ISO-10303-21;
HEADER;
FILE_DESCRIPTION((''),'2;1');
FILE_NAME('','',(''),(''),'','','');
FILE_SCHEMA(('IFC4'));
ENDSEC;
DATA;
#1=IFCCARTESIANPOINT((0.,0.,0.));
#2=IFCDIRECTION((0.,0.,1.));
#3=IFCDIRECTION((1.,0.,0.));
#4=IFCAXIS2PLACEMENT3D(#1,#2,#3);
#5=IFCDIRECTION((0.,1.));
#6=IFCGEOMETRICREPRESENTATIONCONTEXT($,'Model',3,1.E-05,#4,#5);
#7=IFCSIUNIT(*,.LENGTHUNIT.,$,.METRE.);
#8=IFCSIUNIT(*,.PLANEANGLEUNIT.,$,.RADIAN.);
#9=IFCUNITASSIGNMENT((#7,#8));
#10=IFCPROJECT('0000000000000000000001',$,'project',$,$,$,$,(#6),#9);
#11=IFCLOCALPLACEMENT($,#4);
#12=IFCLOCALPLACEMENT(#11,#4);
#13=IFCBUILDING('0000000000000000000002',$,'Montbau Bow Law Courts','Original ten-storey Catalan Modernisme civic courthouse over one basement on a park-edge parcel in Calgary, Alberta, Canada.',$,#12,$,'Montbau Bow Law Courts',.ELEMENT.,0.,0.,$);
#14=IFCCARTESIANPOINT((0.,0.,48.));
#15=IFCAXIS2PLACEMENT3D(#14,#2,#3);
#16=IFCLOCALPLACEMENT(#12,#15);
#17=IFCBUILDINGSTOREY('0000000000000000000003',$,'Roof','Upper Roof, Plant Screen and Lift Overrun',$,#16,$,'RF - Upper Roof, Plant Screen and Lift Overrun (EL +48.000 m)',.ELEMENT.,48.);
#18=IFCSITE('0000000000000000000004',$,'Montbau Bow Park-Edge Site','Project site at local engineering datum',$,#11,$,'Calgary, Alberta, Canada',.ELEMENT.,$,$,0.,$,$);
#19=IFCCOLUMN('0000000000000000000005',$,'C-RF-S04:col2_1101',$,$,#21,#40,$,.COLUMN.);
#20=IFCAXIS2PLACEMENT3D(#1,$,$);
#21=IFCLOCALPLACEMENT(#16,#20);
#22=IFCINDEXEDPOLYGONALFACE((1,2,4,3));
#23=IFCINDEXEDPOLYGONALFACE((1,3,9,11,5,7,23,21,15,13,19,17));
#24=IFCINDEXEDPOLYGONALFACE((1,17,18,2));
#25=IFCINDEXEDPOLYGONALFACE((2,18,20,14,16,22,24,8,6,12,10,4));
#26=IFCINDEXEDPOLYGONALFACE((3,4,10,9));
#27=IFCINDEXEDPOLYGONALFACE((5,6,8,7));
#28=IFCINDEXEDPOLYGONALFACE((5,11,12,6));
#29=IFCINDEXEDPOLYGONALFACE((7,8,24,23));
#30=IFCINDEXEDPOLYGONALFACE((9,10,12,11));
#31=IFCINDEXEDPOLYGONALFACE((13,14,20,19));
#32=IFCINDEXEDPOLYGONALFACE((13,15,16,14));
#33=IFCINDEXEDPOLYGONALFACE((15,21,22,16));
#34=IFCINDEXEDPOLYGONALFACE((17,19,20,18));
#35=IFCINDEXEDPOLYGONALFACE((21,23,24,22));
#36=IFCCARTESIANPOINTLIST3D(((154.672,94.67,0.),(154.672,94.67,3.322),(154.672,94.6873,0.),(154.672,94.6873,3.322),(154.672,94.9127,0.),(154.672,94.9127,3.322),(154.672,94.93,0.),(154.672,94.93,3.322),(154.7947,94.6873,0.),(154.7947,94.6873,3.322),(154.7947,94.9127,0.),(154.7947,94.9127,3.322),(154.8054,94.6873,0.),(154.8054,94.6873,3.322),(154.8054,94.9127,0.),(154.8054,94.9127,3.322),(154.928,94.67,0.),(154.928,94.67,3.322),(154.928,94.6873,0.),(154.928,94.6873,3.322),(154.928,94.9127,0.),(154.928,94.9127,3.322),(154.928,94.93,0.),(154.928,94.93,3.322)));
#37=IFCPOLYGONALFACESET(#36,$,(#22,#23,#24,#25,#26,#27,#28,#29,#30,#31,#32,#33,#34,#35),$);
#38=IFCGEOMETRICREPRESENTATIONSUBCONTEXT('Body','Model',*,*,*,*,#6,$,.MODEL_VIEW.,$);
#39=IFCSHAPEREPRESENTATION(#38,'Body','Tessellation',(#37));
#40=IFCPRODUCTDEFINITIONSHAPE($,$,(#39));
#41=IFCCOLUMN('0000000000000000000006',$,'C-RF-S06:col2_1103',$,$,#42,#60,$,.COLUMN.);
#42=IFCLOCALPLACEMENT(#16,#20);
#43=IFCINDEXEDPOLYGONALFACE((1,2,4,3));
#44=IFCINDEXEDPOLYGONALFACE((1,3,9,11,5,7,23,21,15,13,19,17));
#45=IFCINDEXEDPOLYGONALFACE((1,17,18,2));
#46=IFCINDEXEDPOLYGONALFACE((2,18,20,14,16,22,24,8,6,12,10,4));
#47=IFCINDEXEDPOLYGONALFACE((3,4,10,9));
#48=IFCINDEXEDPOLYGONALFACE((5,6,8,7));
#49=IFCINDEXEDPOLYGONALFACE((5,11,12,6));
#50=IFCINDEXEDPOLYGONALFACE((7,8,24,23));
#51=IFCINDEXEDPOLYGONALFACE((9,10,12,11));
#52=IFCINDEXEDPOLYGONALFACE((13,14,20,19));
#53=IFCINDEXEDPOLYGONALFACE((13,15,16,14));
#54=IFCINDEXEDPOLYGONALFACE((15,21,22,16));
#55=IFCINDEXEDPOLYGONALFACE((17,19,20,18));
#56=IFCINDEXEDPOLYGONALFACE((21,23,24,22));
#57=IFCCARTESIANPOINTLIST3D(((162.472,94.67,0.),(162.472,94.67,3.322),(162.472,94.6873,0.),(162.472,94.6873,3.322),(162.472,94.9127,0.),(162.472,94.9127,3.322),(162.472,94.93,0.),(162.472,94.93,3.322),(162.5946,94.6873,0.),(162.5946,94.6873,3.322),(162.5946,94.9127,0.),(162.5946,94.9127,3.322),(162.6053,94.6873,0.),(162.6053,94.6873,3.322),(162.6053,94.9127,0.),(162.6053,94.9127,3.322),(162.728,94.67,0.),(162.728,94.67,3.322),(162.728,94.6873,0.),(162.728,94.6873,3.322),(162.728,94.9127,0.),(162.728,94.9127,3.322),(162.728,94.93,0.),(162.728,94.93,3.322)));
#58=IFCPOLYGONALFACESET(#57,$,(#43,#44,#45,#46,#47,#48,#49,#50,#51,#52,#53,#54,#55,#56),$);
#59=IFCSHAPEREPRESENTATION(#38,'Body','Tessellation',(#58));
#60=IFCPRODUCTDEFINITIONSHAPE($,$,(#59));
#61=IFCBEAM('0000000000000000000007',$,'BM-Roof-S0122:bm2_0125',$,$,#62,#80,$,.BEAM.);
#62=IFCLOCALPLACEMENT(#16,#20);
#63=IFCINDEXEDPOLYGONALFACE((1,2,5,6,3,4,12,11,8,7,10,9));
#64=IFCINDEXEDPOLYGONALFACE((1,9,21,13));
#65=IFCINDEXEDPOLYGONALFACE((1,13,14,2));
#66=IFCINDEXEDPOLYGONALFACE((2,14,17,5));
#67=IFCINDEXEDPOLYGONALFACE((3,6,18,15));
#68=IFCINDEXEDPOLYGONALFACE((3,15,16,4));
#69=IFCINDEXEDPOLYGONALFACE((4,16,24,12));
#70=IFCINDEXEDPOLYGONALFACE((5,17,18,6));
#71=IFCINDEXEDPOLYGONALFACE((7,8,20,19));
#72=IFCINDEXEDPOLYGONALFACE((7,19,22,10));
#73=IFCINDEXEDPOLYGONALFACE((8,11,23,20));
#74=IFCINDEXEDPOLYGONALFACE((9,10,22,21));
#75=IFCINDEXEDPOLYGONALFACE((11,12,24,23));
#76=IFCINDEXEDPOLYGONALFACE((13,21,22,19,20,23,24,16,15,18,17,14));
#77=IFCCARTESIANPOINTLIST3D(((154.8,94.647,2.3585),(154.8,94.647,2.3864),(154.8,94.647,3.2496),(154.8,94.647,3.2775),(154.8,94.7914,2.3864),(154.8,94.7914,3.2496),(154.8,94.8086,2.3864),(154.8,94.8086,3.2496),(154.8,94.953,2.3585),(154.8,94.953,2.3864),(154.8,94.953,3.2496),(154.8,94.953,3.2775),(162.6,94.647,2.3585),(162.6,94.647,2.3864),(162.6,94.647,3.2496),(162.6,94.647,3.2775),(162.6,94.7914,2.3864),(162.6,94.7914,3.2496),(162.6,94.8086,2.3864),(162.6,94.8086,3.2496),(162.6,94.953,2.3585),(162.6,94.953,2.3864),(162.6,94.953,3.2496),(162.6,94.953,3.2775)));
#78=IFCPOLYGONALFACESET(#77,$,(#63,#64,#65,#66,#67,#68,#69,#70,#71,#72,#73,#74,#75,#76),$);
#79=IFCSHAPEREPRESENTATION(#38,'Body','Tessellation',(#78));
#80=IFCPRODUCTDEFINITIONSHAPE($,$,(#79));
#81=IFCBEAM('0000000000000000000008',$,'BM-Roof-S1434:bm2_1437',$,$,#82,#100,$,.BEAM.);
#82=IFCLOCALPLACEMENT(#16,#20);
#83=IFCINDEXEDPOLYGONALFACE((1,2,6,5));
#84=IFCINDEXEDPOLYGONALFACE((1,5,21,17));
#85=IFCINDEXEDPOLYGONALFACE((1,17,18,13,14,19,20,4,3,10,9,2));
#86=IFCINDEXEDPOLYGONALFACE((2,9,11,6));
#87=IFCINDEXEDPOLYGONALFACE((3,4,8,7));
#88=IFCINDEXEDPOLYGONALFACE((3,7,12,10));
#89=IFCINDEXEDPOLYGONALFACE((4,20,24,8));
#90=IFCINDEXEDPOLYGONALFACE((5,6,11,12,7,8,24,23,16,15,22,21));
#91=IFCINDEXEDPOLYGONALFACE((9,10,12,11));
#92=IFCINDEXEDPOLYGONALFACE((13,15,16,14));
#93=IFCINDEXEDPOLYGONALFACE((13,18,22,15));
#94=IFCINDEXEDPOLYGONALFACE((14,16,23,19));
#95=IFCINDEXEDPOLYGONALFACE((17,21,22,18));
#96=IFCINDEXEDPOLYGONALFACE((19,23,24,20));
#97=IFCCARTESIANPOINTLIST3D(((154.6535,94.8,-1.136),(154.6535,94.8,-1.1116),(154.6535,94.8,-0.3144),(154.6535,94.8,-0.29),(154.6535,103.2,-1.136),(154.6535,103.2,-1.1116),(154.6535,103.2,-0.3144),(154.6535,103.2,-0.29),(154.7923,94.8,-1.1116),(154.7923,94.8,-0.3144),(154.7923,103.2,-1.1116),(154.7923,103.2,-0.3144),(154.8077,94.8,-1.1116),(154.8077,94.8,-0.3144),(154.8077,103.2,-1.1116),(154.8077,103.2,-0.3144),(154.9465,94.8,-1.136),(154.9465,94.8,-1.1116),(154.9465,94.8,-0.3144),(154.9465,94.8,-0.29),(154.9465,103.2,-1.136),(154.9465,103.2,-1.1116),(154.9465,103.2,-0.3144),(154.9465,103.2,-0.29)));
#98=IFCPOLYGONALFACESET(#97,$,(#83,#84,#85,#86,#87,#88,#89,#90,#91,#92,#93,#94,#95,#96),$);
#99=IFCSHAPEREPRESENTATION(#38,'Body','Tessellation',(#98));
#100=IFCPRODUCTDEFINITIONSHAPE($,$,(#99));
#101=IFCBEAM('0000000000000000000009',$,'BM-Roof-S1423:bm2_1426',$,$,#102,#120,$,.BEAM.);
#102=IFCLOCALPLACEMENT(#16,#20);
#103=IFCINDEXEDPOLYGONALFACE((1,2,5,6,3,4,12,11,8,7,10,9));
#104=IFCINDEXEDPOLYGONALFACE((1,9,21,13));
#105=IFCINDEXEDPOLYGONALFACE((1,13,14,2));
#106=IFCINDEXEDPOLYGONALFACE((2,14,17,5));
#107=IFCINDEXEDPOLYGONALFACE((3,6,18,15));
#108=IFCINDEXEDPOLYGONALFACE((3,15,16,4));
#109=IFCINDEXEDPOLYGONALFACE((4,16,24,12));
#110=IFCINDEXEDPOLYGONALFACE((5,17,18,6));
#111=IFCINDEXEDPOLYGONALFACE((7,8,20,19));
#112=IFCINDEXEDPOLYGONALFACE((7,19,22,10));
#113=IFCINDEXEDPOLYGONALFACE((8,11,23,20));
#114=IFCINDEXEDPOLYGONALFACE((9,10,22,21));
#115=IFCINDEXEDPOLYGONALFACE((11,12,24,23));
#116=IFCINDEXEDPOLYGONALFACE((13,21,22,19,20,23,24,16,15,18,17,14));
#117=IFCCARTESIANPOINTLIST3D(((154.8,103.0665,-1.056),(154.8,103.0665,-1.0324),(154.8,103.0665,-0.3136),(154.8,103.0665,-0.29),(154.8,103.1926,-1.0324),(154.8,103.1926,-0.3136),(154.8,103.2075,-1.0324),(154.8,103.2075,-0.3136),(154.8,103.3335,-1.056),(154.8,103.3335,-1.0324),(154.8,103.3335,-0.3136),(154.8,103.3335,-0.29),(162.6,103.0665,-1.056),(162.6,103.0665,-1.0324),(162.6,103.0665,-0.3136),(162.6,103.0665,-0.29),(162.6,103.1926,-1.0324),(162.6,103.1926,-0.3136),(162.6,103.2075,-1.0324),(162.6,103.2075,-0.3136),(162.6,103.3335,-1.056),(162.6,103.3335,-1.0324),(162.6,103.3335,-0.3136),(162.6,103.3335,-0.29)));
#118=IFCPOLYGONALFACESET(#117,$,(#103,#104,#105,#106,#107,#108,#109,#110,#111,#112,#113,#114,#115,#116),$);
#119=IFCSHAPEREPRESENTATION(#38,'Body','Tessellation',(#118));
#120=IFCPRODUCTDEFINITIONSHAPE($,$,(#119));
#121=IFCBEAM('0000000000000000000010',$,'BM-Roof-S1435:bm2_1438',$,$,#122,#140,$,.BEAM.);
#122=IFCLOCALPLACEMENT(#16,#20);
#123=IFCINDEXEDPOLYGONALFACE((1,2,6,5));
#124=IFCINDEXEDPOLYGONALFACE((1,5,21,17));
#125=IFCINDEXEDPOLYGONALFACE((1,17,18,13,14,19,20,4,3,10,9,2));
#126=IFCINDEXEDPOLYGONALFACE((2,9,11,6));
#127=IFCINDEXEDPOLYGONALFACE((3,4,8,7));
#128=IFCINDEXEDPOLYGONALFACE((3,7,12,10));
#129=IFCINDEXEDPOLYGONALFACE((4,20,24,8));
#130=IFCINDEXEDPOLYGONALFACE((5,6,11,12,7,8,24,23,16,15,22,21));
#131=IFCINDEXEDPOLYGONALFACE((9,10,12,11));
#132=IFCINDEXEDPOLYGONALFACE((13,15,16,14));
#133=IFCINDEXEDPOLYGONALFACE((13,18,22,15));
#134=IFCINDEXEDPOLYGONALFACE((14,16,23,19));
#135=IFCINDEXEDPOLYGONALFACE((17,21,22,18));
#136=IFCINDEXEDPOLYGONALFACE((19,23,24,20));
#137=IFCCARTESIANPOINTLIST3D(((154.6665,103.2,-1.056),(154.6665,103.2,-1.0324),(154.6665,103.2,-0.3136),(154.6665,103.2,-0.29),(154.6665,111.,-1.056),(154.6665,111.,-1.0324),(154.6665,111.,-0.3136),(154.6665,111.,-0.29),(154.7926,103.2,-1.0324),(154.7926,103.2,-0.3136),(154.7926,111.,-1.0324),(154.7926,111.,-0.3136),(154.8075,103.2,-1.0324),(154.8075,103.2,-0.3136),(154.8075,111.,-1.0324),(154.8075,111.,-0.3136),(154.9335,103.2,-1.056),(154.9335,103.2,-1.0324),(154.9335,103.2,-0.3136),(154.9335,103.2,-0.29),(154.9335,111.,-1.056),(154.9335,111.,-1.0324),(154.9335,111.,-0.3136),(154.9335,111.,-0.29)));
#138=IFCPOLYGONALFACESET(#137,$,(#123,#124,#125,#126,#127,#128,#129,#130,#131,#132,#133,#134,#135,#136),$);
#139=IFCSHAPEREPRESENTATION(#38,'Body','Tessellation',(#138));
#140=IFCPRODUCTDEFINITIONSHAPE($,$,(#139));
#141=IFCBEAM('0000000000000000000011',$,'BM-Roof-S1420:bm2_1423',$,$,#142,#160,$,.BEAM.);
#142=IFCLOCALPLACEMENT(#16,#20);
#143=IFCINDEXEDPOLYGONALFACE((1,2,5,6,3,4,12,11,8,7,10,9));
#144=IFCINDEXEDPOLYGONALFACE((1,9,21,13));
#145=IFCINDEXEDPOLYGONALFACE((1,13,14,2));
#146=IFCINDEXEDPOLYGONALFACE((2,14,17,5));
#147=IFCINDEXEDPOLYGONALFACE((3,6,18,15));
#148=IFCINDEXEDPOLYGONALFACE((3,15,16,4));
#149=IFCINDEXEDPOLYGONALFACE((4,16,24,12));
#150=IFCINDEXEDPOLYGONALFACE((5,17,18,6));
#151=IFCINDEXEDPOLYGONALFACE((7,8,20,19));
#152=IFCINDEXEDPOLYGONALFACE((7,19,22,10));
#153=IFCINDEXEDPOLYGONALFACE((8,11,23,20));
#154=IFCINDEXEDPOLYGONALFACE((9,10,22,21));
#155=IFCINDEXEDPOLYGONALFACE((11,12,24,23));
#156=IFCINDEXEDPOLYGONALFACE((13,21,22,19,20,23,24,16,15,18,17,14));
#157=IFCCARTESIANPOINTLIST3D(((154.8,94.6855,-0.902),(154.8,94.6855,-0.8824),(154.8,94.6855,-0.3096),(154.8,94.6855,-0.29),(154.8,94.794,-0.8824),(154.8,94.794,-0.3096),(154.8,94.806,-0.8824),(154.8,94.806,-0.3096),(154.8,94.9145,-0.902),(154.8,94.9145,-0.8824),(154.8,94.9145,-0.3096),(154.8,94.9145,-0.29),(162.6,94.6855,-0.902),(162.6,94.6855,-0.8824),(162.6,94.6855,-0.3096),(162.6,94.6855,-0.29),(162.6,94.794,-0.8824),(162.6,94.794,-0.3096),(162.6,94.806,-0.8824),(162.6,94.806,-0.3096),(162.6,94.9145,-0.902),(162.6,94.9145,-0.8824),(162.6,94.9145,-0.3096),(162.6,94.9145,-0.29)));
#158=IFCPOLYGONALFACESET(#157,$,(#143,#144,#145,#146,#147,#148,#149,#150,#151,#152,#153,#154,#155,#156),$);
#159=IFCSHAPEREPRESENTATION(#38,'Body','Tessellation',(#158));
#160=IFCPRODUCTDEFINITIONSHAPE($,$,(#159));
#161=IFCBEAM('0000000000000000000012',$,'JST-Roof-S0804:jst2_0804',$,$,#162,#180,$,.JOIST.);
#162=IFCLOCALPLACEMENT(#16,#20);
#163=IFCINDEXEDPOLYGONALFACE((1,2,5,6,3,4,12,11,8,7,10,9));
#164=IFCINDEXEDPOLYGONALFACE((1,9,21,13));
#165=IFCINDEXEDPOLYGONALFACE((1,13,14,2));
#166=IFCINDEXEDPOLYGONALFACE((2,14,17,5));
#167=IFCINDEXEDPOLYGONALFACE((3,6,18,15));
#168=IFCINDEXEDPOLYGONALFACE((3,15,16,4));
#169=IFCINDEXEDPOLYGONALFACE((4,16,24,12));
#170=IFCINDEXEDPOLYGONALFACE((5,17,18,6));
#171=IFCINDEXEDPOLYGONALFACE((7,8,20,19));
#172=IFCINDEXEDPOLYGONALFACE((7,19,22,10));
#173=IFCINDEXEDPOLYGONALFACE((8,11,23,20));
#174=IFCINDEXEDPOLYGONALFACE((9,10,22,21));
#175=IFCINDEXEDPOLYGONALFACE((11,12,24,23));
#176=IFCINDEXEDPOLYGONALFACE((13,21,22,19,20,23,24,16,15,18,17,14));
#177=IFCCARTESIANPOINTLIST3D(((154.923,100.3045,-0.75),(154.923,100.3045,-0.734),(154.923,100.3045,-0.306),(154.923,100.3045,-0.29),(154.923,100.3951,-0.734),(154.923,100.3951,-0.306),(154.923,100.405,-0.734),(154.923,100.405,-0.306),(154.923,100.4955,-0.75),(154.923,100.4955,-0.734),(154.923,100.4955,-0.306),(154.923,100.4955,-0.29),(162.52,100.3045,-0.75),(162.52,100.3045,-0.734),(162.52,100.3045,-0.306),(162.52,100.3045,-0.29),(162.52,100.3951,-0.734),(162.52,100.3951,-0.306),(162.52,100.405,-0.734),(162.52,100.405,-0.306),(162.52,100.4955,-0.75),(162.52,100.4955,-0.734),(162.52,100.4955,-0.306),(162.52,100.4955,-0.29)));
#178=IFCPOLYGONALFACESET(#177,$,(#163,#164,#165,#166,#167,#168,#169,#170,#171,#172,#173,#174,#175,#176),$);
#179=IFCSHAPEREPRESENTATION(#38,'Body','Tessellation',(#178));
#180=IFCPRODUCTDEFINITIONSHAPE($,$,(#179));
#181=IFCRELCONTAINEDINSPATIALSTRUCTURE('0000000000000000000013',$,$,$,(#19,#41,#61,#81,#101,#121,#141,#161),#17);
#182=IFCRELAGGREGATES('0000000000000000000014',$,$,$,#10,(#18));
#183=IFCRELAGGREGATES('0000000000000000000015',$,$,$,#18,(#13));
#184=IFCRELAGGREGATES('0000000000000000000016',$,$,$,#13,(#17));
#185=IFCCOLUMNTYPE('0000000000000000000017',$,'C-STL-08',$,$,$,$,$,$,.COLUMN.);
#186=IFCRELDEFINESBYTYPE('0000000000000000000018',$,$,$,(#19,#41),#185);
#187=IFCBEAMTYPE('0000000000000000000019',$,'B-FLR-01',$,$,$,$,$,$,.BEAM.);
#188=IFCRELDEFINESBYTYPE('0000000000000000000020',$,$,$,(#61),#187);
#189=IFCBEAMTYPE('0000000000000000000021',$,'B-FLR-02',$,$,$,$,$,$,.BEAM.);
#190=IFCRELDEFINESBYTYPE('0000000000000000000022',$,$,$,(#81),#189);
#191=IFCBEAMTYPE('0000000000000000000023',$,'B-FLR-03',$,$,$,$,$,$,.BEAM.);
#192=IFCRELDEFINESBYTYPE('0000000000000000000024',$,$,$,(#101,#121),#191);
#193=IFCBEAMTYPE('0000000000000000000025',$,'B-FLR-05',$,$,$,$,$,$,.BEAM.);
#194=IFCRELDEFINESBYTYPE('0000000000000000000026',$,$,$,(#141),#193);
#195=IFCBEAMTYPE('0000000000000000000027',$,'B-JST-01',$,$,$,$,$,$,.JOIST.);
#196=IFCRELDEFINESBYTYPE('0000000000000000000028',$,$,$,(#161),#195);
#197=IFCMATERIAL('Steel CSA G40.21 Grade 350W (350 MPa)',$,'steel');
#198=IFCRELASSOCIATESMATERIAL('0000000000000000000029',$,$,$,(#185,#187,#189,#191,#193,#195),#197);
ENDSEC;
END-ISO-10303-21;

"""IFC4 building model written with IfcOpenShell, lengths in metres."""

from ifc_helpers import new_model, si_unit, direction, frame, origin_with_axes, origin_2d_with_axis, place, context, subcontext, project, spatial, i_section, extrude, material, material_profile, profile_set, type_object, element, save


model = new_model("IFC4")

# Units and contexts
model_context = context("Model", 3, precision=1e-05, world=origin_with_axes(), true_north=direction((0.0, 1.0)))
body_context = subcontext(model_context, "Body", "Model", "MODEL_VIEW")
ifc_project = project(units=[si_unit("LENGTHUNIT", "METRE"), si_unit("PLANEANGLEUNIT", "RADIAN")], contexts=[model_context])

# Site, building, storey
site_placement = place(None, origin_with_axes())
site = spatial("IfcSite", under=ifc_project, at=site_placement, Name="Montbau Bow Park-Edge Site", Description="Project site at local engineering datum", LongName="Calgary, Alberta, Canada", CompositionType="ELEMENT", RefElevation=0.0)
building_placement = place(site_placement, origin_with_axes())
building = spatial("IfcBuilding", under=site, at=building_placement, Name="Montbau Bow Law Courts", Description="Original ten-storey Catalan Modernisme civic courthouse over one basement on a park-edge parcel in Calgary, Alberta, Canada.", LongName="Montbau Bow Law Courts", CompositionType="ELEMENT", ElevationOfRefHeight=0.0, ElevationOfTerrain=0.0)
storey_placement = place(building_placement, frame((0.0, 0.0, 48.0), z_axis=(0.0, 0.0, 1.0), x_axis=(1.0, 0.0, 0.0)))
storey = spatial("IfcBuildingStorey", under=building, at=storey_placement, Name="Roof", Description="Upper Roof, Plant Screen and Lift Overrun", LongName="RF - Upper Roof, Plant Screen and Lift Overrun (EL +48.000 m)", CompositionType="ELEMENT", Elevation=48.0)

# Columns
ifc_material_1 = material(Name="Steel CSA G40.21 Grade 350W (350 MPa)", Category="steel")
ifc_material_profile_1 = material_profile(ifc_material_1, i_section(OverallWidth=0.256, OverallDepth=0.26, WebThickness=0.0107, FlangeThickness=0.0173, at=origin_2d_with_axis()), Name="W250X89", Category="Main", Priority=0)
ifc_profile_set_1 = profile_set([ifc_material_profile_1], Name="Steel CSA G40.21 Grade 350W (350 MPa)")
column_type = type_object("IfcColumnType", Name="C-STL-08", PredefinedType="COLUMN", material=ifc_profile_set_1)
for number, where, z_axis, x_axis, name in (
    (1, (154.8, 94.8, 48.0), (0.0, 0.0, 1.0), (1.0, 0.0, 0.0), "C-RF-S04:col2_1101"),
    (2, (162.6, 94.8, 48.0), (0.0, 0.0, 1.0), (1.0, 0.0, 0.0), "C-RF-S06:col2_1103"),
):
    element("IfcColumn", number, at=place(None, frame(where, z_axis=z_axis, x_axis=x_axis)), inside=storey, type_object=column_type, Name=name, PredefinedType="COLUMN", context=body_context, shape_type="SweptSolid", body=[
        extrude(i_section(OverallWidth=0.256, OverallDepth=0.26, WebThickness=0.0107, FlangeThickness=0.0173, at=origin_2d_with_axis()), origin_with_axes(), (0.0, 0.0, 1.0), 3.322),
    ])

# Beams
ifc_material_profile_2 = material_profile(ifc_material_1, i_section(OverallWidth=0.306, OverallDepth=0.919, WebThickness=0.0173, FlangeThickness=0.0279, at=origin_2d_with_axis()), Name="W920X253", Category="Main", Priority=0)
ifc_profile_set_2 = profile_set([ifc_material_profile_2], Name="Steel CSA G40.21 Grade 350W (350 MPa)")
beam_type_1 = type_object("IfcBeamType", Name="B-FLR-01", PredefinedType="BEAM", material=ifc_profile_set_2)
beam_1_placement = place(None, frame((154.8, 94.8, 50.818), z_axis=(1.0, 0.0, 0.0), x_axis=(0.0, 1.0, 0.0)))
element("IfcBeam", 3, at=beam_1_placement, inside=storey, type_object=beam_type_1, Name="BM-Roof-S0122:bm2_0125", PredefinedType="BEAM", context=body_context, shape_type="SweptSolid", body=[
    extrude(i_section(OverallWidth=0.306, OverallDepth=0.919, WebThickness=0.0173, FlangeThickness=0.0279, at=origin_2d_with_axis()), origin_with_axes(), (0.0, 0.0, 1.0), 7.8),
])
ifc_material_profile_3 = material_profile(ifc_material_1, i_section(OverallWidth=0.293, OverallDepth=0.846, WebThickness=0.0154, FlangeThickness=0.0244, at=origin_2d_with_axis()), Name="W840X210", Category="Main", Priority=0)
ifc_profile_set_3 = profile_set([ifc_material_profile_3], Name="Steel CSA G40.21 Grade 350W (350 MPa)")
beam_type_2 = type_object("IfcBeamType", Name="B-FLR-02", PredefinedType="BEAM", material=ifc_profile_set_3)
beam_2_placement = place(None, frame((154.8, 94.8, 47.287), z_axis=(0.0, 1.0, 0.0), x_axis=(-1.0, 0.0, 0.0)))
element("IfcBeam", 4, at=beam_2_placement, inside=storey, type_object=beam_type_2, Name="BM-Roof-S1434:bm2_1437", PredefinedType="BEAM", context=body_context, shape_type="SweptSolid", body=[
    extrude(i_section(OverallWidth=0.293, OverallDepth=0.846, WebThickness=0.0154, FlangeThickness=0.0244, at=origin_2d_with_axis()), origin_with_axes(), (0.0, 0.0, 1.0), 8.4),
])
ifc_material_profile_4 = material_profile(ifc_material_1, i_section(OverallWidth=0.267, OverallDepth=0.766, WebThickness=0.0149, FlangeThickness=0.0236, at=origin_2d_with_axis()), Name="W760X185", Category="Main", Priority=0)
ifc_profile_set_4 = profile_set([ifc_material_profile_4], Name="Steel CSA G40.21 Grade 350W (350 MPa)")
beam_type_3 = type_object("IfcBeamType", Name="B-FLR-03", PredefinedType="BEAM", material=ifc_profile_set_4)
for number, where, z_axis, x_axis, name in (
    (5, (154.8, 103.2, 47.327), (1.0, 0.0, 0.0), (0.0, 1.0, 0.0), "BM-Roof-S1423:bm2_1426"),
    (6, (154.8, 103.2, 47.327), (0.0, 1.0, 0.0), (-1.0, 0.0, 0.0), "BM-Roof-S1435:bm2_1438"),
):
    element("IfcBeam", number, at=place(None, frame(where, z_axis=z_axis, x_axis=x_axis)), inside=storey, type_object=beam_type_3, Name=name, PredefinedType="BEAM", context=body_context, shape_type="SweptSolid", body=[
        extrude(i_section(OverallWidth=0.267, OverallDepth=0.766, WebThickness=0.0149, FlangeThickness=0.0236, at=origin_2d_with_axis()), origin_with_axes(), (0.0, 0.0, 1.0), 7.8),
    ])
ifc_material_profile_5 = material_profile(ifc_material_1, i_section(OverallWidth=0.229, OverallDepth=0.612, WebThickness=0.0119, FlangeThickness=0.0196, at=origin_2d_with_axis()), Name="W610X125", Category="Main", Priority=0)
ifc_profile_set_5 = profile_set([ifc_material_profile_5], Name="Steel CSA G40.21 Grade 350W (350 MPa)")
beam_type_4 = type_object("IfcBeamType", Name="B-FLR-05", PredefinedType="BEAM", material=ifc_profile_set_5)
beam_3_placement = place(None, frame((154.8, 94.8, 47.404), z_axis=(1.0, 0.0, 0.0), x_axis=(0.0, 1.0, 0.0)))
element("IfcBeam", 7, at=beam_3_placement, inside=storey, type_object=beam_type_4, Name="BM-Roof-S1420:bm2_1423", PredefinedType="BEAM", context=body_context, shape_type="SweptSolid", body=[
    extrude(i_section(OverallWidth=0.229, OverallDepth=0.612, WebThickness=0.0119, FlangeThickness=0.0196, at=origin_2d_with_axis()), origin_with_axes(), (0.0, 0.0, 1.0), 7.8),
])
ifc_material_profile_6 = material_profile(ifc_material_1, i_section(OverallWidth=0.191, OverallDepth=0.46, WebThickness=0.0099, FlangeThickness=0.016, at=origin_2d_with_axis()), Name="W460X82", Category="Main", Priority=0)
ifc_profile_set_6 = profile_set([ifc_material_profile_6], Name="Steel CSA G40.21 Grade 350W (350 MPa)")
beam_type_5 = type_object("IfcBeamType", Name="B-JST-01", PredefinedType="JOIST", material=ifc_profile_set_6)
beam_4_placement = place(None, frame((154.923, 100.4, 47.48), z_axis=(1.0, 0.0, 0.0), x_axis=(0.0, 1.0, 0.0)))
element("IfcBeam", 8, at=beam_4_placement, inside=storey, type_object=beam_type_5, Name="JST-Roof-S0804:jst2_0804", PredefinedType="JOIST", context=body_context, shape_type="SweptSolid", body=[
    extrude(i_section(OverallWidth=0.191, OverallDepth=0.46, WebThickness=0.0099, FlangeThickness=0.016, at=origin_2d_with_axis()), origin_with_axes(), (0.0, 0.0, 1.0), 7.597),
])

save(model, "model.ifc")
